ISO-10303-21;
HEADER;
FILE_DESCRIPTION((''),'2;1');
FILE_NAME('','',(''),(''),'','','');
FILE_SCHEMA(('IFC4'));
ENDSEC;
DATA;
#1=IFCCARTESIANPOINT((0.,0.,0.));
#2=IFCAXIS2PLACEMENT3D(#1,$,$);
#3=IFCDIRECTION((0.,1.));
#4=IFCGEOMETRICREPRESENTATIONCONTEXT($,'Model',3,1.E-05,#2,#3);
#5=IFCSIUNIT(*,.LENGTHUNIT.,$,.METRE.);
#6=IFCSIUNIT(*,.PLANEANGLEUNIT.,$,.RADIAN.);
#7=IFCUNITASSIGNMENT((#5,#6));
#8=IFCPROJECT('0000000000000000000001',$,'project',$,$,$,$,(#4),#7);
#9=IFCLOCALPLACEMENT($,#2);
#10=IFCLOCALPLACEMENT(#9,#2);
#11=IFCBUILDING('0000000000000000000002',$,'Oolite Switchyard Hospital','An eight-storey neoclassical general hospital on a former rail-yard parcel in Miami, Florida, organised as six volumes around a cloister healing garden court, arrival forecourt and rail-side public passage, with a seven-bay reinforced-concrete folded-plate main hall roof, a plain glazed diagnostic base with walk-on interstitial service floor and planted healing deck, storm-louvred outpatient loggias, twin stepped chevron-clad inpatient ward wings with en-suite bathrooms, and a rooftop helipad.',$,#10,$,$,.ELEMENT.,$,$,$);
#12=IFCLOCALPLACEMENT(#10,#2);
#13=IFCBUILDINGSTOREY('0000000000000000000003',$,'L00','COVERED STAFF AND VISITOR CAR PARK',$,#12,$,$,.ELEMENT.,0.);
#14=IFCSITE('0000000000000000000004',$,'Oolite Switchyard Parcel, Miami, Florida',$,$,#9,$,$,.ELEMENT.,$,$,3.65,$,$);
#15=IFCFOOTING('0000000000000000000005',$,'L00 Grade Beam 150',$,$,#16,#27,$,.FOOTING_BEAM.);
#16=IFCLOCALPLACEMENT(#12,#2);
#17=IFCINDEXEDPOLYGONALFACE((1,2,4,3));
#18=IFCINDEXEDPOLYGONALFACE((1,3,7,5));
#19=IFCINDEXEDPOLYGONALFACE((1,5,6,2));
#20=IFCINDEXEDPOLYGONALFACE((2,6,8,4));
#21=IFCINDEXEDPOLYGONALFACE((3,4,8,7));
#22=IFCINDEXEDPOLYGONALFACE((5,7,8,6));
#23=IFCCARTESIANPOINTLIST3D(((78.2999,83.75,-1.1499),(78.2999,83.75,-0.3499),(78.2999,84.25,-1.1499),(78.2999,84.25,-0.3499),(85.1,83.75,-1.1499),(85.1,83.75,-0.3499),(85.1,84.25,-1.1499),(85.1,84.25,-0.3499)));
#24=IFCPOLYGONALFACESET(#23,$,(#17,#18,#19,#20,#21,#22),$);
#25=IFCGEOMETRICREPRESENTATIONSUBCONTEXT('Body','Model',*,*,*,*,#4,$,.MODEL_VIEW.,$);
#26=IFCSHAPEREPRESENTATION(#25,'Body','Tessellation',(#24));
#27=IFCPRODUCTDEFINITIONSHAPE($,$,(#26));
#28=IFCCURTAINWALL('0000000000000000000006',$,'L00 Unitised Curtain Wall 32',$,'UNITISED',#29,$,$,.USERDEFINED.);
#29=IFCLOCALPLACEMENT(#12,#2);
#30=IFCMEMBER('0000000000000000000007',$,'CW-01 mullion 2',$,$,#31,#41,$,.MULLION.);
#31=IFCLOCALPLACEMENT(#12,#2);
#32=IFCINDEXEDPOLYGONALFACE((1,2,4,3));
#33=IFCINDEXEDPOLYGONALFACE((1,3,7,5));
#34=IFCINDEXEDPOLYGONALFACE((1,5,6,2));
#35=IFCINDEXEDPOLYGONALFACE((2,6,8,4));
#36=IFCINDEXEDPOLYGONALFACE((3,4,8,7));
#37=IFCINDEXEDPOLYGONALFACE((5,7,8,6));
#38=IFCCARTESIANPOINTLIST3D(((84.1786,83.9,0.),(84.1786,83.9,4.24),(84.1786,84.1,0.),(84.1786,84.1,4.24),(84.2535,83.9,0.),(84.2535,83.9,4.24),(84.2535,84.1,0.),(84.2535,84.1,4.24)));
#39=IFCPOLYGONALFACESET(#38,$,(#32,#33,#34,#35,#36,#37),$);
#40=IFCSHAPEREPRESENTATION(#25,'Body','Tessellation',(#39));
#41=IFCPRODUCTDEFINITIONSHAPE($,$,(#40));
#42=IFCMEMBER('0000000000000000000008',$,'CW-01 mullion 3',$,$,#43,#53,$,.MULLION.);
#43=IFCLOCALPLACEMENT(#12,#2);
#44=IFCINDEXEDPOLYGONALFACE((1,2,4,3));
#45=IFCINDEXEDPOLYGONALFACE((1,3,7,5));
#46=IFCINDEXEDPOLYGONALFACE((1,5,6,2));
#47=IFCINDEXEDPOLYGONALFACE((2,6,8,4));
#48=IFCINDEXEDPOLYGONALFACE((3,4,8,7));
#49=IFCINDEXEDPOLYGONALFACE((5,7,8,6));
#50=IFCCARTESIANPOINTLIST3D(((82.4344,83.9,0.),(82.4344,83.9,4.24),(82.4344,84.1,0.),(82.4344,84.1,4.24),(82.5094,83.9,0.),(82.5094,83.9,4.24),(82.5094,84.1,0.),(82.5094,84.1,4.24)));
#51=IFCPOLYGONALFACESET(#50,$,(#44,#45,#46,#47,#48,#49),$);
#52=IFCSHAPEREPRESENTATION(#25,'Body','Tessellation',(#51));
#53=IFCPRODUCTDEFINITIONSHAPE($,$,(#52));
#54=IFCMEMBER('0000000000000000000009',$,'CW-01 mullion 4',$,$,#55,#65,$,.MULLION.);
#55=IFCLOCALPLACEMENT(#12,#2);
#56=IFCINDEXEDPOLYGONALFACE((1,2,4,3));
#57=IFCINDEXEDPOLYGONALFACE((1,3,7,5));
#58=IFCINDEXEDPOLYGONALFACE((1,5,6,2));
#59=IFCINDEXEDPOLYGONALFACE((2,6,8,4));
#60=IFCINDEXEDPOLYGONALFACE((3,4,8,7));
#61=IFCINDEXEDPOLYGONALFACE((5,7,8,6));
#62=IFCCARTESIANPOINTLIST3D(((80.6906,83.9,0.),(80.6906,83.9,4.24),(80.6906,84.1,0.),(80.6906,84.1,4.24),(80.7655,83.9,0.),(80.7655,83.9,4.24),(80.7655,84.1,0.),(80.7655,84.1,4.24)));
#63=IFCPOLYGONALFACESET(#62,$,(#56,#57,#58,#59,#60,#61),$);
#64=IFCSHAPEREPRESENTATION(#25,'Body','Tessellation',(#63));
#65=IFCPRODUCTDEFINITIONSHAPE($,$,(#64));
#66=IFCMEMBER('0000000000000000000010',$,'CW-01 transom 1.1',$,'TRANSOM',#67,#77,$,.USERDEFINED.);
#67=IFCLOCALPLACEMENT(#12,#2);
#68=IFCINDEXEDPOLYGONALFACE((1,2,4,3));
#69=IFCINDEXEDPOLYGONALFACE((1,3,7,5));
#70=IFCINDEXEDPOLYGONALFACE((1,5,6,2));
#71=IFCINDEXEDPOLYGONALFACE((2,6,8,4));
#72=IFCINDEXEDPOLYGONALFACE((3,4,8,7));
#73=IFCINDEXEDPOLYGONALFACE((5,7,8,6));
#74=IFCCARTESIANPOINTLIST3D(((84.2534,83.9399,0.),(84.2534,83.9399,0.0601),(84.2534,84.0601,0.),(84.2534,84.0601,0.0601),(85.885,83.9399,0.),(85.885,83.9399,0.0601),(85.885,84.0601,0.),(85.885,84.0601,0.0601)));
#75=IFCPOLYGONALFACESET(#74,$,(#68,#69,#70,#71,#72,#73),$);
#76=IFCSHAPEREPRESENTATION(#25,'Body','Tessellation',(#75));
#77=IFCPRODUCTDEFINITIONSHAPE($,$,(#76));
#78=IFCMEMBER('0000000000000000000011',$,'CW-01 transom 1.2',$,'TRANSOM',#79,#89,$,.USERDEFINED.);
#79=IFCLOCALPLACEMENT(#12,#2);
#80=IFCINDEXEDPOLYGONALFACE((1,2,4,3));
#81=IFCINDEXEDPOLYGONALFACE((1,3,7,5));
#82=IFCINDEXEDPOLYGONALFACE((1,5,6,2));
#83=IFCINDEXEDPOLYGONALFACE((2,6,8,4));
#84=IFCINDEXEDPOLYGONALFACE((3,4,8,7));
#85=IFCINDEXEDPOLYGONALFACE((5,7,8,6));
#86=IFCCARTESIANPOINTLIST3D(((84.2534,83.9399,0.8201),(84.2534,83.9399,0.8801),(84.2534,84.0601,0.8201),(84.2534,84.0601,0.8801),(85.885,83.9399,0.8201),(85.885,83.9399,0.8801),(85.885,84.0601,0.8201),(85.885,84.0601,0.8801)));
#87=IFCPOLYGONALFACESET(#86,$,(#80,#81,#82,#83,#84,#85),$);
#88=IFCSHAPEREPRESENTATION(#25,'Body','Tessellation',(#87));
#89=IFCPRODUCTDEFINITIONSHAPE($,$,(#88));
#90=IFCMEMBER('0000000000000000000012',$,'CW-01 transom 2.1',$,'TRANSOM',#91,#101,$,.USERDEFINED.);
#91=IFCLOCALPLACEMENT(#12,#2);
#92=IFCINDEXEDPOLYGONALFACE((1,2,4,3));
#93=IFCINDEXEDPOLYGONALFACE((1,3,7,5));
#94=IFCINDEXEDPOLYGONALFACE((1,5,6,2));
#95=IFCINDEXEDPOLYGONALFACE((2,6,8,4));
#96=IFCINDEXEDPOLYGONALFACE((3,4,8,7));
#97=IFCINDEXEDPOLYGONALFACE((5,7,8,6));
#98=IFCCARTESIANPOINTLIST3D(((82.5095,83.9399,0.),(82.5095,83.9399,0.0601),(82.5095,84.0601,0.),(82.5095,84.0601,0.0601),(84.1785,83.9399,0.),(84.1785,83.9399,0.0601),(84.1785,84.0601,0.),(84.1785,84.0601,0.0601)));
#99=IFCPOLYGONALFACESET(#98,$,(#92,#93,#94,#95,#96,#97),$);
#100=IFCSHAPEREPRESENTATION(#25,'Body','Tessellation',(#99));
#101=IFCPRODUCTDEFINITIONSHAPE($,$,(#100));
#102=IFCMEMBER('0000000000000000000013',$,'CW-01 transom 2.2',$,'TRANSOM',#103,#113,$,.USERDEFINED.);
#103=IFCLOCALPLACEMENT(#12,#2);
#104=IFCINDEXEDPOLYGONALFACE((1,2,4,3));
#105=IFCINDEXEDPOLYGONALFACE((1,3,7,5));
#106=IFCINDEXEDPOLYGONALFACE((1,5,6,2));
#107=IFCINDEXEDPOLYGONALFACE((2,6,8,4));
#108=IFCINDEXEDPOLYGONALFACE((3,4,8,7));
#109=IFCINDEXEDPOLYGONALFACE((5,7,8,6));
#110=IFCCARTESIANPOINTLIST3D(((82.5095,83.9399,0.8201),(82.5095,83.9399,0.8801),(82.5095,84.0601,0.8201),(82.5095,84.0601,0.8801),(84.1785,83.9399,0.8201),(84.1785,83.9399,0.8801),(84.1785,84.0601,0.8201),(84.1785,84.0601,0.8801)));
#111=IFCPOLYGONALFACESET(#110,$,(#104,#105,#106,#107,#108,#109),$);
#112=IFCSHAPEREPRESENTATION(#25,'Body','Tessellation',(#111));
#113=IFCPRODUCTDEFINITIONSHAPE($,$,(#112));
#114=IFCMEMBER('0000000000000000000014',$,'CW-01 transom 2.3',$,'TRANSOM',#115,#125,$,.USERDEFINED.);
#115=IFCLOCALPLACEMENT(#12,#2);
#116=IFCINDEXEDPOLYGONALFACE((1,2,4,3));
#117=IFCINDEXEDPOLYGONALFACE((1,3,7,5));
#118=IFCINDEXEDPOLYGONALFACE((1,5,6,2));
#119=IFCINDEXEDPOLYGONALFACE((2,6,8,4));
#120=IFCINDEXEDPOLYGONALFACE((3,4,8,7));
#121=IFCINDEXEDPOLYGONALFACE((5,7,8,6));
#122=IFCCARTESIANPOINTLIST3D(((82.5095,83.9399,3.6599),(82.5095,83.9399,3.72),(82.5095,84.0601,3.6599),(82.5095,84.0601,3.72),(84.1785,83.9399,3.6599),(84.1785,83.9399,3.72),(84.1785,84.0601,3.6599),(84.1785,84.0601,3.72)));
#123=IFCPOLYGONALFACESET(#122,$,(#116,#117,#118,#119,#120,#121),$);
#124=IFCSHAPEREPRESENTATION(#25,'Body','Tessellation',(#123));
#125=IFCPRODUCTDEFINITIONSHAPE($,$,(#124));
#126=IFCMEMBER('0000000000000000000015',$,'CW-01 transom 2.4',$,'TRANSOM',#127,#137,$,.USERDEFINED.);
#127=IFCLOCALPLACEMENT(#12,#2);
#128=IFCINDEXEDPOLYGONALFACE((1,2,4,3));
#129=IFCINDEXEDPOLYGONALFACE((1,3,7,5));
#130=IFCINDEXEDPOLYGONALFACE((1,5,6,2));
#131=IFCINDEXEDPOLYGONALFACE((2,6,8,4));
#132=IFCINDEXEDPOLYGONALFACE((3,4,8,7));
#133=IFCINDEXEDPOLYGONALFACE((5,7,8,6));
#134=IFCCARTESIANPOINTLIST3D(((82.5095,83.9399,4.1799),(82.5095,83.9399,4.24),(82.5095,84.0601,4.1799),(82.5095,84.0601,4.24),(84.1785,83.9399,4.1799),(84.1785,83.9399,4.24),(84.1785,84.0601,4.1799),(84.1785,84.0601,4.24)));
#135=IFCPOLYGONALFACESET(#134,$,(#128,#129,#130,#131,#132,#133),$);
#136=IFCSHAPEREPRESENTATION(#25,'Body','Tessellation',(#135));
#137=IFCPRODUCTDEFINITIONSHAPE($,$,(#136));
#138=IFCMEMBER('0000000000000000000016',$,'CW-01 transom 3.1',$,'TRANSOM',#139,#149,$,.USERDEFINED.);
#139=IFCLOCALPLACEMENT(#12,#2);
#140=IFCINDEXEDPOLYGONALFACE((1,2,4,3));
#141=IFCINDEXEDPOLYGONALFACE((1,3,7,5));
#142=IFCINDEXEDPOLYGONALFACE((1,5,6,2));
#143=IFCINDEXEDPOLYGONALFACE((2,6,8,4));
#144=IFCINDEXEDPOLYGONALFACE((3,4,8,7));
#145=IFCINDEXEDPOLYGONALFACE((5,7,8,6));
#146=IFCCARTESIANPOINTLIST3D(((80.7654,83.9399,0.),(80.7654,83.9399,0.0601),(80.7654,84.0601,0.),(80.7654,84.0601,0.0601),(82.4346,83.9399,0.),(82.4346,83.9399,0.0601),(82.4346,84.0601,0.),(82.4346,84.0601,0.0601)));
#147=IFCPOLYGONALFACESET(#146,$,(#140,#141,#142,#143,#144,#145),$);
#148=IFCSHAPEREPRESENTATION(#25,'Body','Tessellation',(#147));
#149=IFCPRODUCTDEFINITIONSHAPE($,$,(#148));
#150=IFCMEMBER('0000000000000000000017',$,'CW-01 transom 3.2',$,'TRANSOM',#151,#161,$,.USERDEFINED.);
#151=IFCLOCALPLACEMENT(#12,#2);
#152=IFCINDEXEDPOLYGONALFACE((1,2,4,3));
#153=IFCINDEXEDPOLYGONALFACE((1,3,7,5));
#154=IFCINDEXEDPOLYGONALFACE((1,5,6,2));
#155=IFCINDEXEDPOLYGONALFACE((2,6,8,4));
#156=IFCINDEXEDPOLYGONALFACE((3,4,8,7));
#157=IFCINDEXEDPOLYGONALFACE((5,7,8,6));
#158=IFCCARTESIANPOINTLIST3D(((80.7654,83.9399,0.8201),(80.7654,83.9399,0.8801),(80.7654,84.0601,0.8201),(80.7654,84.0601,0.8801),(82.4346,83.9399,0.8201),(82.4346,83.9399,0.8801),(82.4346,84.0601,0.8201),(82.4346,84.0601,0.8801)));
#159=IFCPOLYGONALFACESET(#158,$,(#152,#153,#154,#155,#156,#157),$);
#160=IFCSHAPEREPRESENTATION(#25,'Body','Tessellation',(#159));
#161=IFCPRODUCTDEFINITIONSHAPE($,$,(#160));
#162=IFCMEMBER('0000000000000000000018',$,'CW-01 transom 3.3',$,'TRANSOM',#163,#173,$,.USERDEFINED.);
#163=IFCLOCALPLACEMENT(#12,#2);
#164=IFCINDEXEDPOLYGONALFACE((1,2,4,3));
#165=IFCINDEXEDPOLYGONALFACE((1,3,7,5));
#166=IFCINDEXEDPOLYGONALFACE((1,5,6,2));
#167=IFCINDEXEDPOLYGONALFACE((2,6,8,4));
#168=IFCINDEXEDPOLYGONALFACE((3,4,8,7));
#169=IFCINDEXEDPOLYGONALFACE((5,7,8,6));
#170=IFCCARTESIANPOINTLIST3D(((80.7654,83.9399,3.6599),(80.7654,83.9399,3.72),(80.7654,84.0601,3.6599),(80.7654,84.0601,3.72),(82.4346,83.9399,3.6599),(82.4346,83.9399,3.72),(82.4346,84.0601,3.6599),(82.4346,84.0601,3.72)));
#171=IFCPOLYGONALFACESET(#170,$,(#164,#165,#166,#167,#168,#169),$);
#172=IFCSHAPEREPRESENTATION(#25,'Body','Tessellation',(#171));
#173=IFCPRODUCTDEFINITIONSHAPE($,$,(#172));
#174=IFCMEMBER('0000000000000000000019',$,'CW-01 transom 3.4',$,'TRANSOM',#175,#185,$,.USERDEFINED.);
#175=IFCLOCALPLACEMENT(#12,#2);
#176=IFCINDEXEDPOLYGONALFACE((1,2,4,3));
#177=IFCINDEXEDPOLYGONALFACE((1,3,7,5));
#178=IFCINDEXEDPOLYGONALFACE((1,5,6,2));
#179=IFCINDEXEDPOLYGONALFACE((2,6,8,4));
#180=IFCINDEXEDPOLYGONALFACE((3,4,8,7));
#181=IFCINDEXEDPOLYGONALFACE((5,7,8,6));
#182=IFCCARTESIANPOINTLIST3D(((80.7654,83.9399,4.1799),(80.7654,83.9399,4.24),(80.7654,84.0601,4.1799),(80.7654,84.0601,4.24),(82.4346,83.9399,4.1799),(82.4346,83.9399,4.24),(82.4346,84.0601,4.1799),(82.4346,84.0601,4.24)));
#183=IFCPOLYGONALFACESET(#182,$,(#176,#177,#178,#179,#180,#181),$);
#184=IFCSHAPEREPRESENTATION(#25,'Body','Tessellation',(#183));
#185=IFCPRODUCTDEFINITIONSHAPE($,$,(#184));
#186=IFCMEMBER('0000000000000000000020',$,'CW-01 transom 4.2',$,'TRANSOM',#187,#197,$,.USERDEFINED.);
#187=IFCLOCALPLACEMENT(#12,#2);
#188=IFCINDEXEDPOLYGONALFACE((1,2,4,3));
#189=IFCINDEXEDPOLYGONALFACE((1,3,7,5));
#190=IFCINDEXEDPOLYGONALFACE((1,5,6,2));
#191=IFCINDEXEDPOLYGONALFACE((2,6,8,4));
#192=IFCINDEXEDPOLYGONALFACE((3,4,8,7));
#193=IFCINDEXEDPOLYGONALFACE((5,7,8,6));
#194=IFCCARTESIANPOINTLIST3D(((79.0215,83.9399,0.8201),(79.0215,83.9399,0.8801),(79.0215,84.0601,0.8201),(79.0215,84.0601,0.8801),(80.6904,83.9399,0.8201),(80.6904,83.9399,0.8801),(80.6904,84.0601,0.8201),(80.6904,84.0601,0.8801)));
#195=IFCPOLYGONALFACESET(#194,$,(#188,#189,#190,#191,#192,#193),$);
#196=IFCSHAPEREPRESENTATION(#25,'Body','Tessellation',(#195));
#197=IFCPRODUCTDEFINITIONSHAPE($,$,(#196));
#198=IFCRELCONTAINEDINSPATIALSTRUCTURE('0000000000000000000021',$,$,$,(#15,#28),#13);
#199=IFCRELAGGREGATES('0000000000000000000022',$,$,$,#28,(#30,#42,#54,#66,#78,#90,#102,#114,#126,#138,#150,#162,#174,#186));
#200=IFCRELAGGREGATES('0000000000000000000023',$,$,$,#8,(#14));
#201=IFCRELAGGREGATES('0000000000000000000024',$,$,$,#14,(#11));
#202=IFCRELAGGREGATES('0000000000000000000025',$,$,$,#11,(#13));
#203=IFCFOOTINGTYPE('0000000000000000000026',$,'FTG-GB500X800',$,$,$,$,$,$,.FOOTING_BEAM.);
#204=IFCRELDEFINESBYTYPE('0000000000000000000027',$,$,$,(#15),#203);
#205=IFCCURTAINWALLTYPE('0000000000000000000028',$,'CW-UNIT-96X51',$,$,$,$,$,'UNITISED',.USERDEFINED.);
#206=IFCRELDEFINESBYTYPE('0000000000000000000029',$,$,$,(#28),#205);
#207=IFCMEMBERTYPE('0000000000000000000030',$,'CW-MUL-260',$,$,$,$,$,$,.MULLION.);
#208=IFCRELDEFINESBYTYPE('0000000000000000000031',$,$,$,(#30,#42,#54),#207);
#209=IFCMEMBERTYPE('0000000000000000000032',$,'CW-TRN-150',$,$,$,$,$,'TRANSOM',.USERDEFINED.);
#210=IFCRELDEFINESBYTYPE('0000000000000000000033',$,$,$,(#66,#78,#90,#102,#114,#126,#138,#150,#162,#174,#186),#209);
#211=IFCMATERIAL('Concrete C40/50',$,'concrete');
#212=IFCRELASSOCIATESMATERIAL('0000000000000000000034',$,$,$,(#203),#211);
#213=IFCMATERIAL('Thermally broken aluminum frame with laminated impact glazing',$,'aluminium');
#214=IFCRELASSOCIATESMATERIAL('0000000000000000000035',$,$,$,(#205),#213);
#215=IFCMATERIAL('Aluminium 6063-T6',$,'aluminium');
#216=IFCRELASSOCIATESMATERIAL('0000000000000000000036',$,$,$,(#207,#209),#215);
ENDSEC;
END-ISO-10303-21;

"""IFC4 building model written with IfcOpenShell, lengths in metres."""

from ifc_helpers import new_model, si_unit, direction, frame, origin, origin_2d, place, context, subcontext, project, spatial, rectangle, extrude, material, material_profile, profile_set, type_object, element, aggregate, save


model = new_model("IFC4")

# Units and contexts
model_context = context("Model", 3, precision=1e-05, world=origin(), true_north=direction((0.0, 1.0)))
body_context = subcontext(model_context, "Body", "Model", "MODEL_VIEW")
ifc_project = project(units=[si_unit("LENGTHUNIT", "METRE"), si_unit("PLANEANGLEUNIT", "RADIAN")], contexts=[model_context])

# Site, building, storey
site_placement = place(None, origin())
site = spatial("IfcSite", under=ifc_project, at=site_placement, Name="Oolite Switchyard Parcel, Miami, Florida", CompositionType="ELEMENT", RefElevation=3.65)
building_placement = place(site_placement, origin())
building = spatial("IfcBuilding", under=site, at=building_placement, Name="Oolite Switchyard Hospital", Description="An eight-storey neoclassical general hospital on a former rail-yard parcel in Miami, Florida, organised as six volumes around a cloister healing garden court, arrival forecourt and rail-side public passage, with a seven-bay reinforced-concrete folded-plate main hall roof, a plain glazed diagnostic base with walk-on interstitial service floor and planted healing deck, storm-louvred outpatient loggias, twin stepped chevron-clad inpatient ward wings with en-suite bathrooms, and a rooftop helipad.", CompositionType="ELEMENT")
storey_placement = place(building_placement, origin())
storey = spatial("IfcBuildingStorey", under=building, at=storey_placement, Name="L00", Description="COVERED STAFF AND VISITOR CAR PARK", CompositionType="ELEMENT", Elevation=0.0)

# Footing
ifc_material_1 = material(Name="Concrete C40/50", Category="concrete")
footing_type = type_object("IfcFootingType", Name="FTG-GB500X800", PredefinedType="FOOTING_BEAM", material=ifc_material_1)
footing_placement = place(storey_placement, frame((81.7, 84.0, -1.1499), z_axis=(0.0, 0.0, 1.0), x_axis=(1.0, 0.0, 0.0)))
element("IfcFooting", 1, at=footing_placement, inside=storey, type_object=footing_type, Name="L00 Grade Beam 150", PredefinedType="FOOTING_BEAM", context=body_context, shape_type="SweptSolid", body=[
    extrude(rectangle(XDim=6.8, YDim=0.5, at=origin_2d()), origin(), (0.0, 0.0, 1.0), 0.8),
])

# Curtain wall, members
ifc_material_2 = material(Name="Thermally broken aluminum frame with laminated impact glazing", Category="aluminium")
curtain_wall_type = type_object("IfcCurtainWallType", Name="CW-UNIT-96X51", ElementType="UNITISED", PredefinedType="USERDEFINED", material=ifc_material_2)
curtain_wall_placement = place(storey_placement, origin())
curtain_wall = element("IfcCurtainWall", 2, at=curtain_wall_placement, inside=storey, type_object=curtain_wall_type, Name="L00 Unitised Curtain Wall 32", ObjectType="UNITISED", PredefinedType="USERDEFINED")
ifc_material_3 = material(Name="Aluminium 6063-T6", Category="aluminium")
ifc_material_profile_1 = material_profile(ifc_material_3, rectangle(XDim=0.2, YDim=0.075, at=origin_2d()), Name="CWM75X200")
ifc_profile_set_1 = profile_set([ifc_material_profile_1], Name="Aluminium 6063-T6")
member_type_1 = type_object("IfcMemberType", Name="CW-MUL-260", PredefinedType="MULLION", material=ifc_profile_set_1)
member_1_placement = place(storey_placement, frame((84.2161, 84.0, 0.0), z_axis=(0.0, 0.0, 1.0), x_axis=(0.0, -1.0, 0.0)))
member_1 = element("IfcMember", 3, at=member_1_placement, type_object=member_type_1, Name="CW-01 mullion 2", PredefinedType="MULLION", context=body_context, shape_type="SweptSolid", body=[
    extrude(rectangle(XDim=0.2, YDim=0.075, at=origin_2d()), origin(), (0.0, 0.0, 1.0), 4.24),
])
member_2_placement = place(storey_placement, frame((82.4719, 84.0, 0.0), z_axis=(0.0, 0.0, 1.0), x_axis=(0.0, -1.0, 0.0)))
member_2 = element("IfcMember", 4, at=member_2_placement, type_object=member_type_1, Name="CW-01 mullion 3", PredefinedType="MULLION", context=body_context, shape_type="SweptSolid", body=[
    extrude(rectangle(XDim=0.2, YDim=0.075, at=origin_2d()), origin(), (0.0, 0.0, 1.0), 4.24),
])
member_3_placement = place(storey_placement, frame((80.728, 84.0, 0.0), z_axis=(0.0, 0.0, 1.0), x_axis=(0.0, -1.0, 0.0)))
member_3 = element("IfcMember", 5, at=member_3_placement, type_object=member_type_1, Name="CW-01 mullion 4", PredefinedType="MULLION", context=body_context, shape_type="SweptSolid", body=[
    extrude(rectangle(XDim=0.2, YDim=0.075, at=origin_2d()), origin(), (0.0, 0.0, 1.0), 4.24),
])
ifc_material_profile_2 = material_profile(ifc_material_3, rectangle(XDim=0.1201, YDim=0.0601, at=origin_2d()), Name="CWT60X120")
ifc_profile_set_2 = profile_set([ifc_material_profile_2], Name="Aluminium 6063-T6")
member_type_2 = type_object("IfcMemberType", Name="CW-TRN-150", ElementType="TRANSOM", PredefinedType="USERDEFINED", material=ifc_profile_set_2)
member_4_placement = place(storey_placement, frame((85.885, 84.0, 0.03), z_axis=(-1.0, 0.0, 0.0), x_axis=(0.0, -1.0, 0.0)))
member_4 = element("IfcMember", 6, at=member_4_placement, type_object=member_type_2, Name="CW-01 transom 1.1", ObjectType="TRANSOM", PredefinedType="USERDEFINED", context=body_context, shape_type="SweptSolid", body=[
    extrude(rectangle(XDim=0.1201, YDim=0.0601, at=origin_2d()), origin(), (0.0, 0.0, 1.0), 1.6316),
])
member_5_placement = place(storey_placement, frame((85.885, 84.0, 0.8501), z_axis=(-1.0, 0.0, 0.0), x_axis=(0.0, -1.0, 0.0)))
member_5 = element("IfcMember", 7, at=member_5_placement, type_object=member_type_2, Name="CW-01 transom 1.2", ObjectType="TRANSOM", PredefinedType="USERDEFINED", context=body_context, shape_type="SweptSolid", body=[
    extrude(rectangle(XDim=0.1201, YDim=0.0601, at=origin_2d()), origin(), (0.0, 0.0, 1.0), 1.6316),
])
member_6_placement = place(storey_placement, frame((84.1785, 84.0, 0.03), z_axis=(-1.0, 0.0, 0.0), x_axis=(0.0, -1.0, 0.0)))
member_6 = element("IfcMember", 8, at=member_6_placement, type_object=member_type_2, Name="CW-01 transom 2.1", ObjectType="TRANSOM", PredefinedType="USERDEFINED", context=body_context, shape_type="SweptSolid", body=[
    extrude(rectangle(XDim=0.1201, YDim=0.0601, at=origin_2d()), origin(), (0.0, 0.0, 1.0), 1.6689),
])
member_7_placement = place(storey_placement, frame((84.1785, 84.0, 0.8501), z_axis=(-1.0, 0.0, 0.0), x_axis=(0.0, -1.0, 0.0)))
member_7 = element("IfcMember", 9, at=member_7_placement, type_object=member_type_2, Name="CW-01 transom 2.2", ObjectType="TRANSOM", PredefinedType="USERDEFINED", context=body_context, shape_type="SweptSolid", body=[
    extrude(rectangle(XDim=0.1201, YDim=0.0601, at=origin_2d()), origin(), (0.0, 0.0, 1.0), 1.6689),
])
member_8_placement = place(storey_placement, frame((84.1785, 84.0, 3.6899), z_axis=(-1.0, 0.0, 0.0), x_axis=(0.0, -1.0, 0.0)))
member_8 = element("IfcMember", 10, at=member_8_placement, type_object=member_type_2, Name="CW-01 transom 2.3", ObjectType="TRANSOM", PredefinedType="USERDEFINED", context=body_context, shape_type="SweptSolid", body=[
    extrude(rectangle(XDim=0.1201, YDim=0.0601, at=origin_2d()), origin(), (0.0, 0.0, 1.0), 1.6689),
])
member_9_placement = place(storey_placement, frame((84.1785, 84.0, 4.21), z_axis=(-1.0, 0.0, 0.0), x_axis=(0.0, -1.0, 0.0)))
member_9 = element("IfcMember", 11, at=member_9_placement, type_object=member_type_2, Name="CW-01 transom 2.4", ObjectType="TRANSOM", PredefinedType="USERDEFINED", context=body_context, shape_type="SweptSolid", body=[
    extrude(rectangle(XDim=0.1201, YDim=0.0601, at=origin_2d()), origin(), (0.0, 0.0, 1.0), 1.6689),
])
member_10_placement = place(storey_placement, frame((82.4346, 84.0, 0.03), z_axis=(-1.0, 0.0, 0.0), x_axis=(0.0, -1.0, 0.0)))
member_10 = element("IfcMember", 12, at=member_10_placement, type_object=member_type_2, Name="CW-01 transom 3.1", ObjectType="TRANSOM", PredefinedType="USERDEFINED", context=body_context, shape_type="SweptSolid", body=[
    extrude(rectangle(XDim=0.1201, YDim=0.0601, at=origin_2d()), origin(), (0.0, 0.0, 1.0), 1.6692),
])
member_11_placement = place(storey_placement, frame((82.4346, 84.0, 0.8501), z_axis=(-1.0, 0.0, 0.0), x_axis=(0.0, -1.0, 0.0)))
member_11 = element("IfcMember", 13, at=member_11_placement, type_object=member_type_2, Name="CW-01 transom 3.2", ObjectType="TRANSOM", PredefinedType="USERDEFINED", context=body_context, shape_type="SweptSolid", body=[
    extrude(rectangle(XDim=0.1201, YDim=0.0601, at=origin_2d()), origin(), (0.0, 0.0, 1.0), 1.6692),
])
member_12_placement = place(storey_placement, frame((82.4346, 84.0, 3.6899), z_axis=(-1.0, 0.0, 0.0), x_axis=(0.0, -1.0, 0.0)))
member_12 = element("IfcMember", 14, at=member_12_placement, type_object=member_type_2, Name="CW-01 transom 3.3", ObjectType="TRANSOM", PredefinedType="USERDEFINED", context=body_context, shape_type="SweptSolid", body=[
    extrude(rectangle(XDim=0.1201, YDim=0.0601, at=origin_2d()), origin(), (0.0, 0.0, 1.0), 1.6692),
])
member_13_placement = place(storey_placement, frame((82.4346, 84.0, 4.21), z_axis=(-1.0, 0.0, 0.0), x_axis=(0.0, -1.0, 0.0)))
member_13 = element("IfcMember", 15, at=member_13_placement, type_object=member_type_2, Name="CW-01 transom 3.4", ObjectType="TRANSOM", PredefinedType="USERDEFINED", context=body_context, shape_type="SweptSolid", body=[
    extrude(rectangle(XDim=0.1201, YDim=0.0601, at=origin_2d()), origin(), (0.0, 0.0, 1.0), 1.6692),
])
member_14_placement = place(storey_placement, frame((80.6904, 84.0, 0.8501), z_axis=(-1.0, 0.0, 0.0), x_axis=(0.0, -1.0, 0.0)))
member_14 = element("IfcMember", 16, at=member_14_placement, type_object=member_type_2, Name="CW-01 transom 4.2", ObjectType="TRANSOM", PredefinedType="USERDEFINED", context=body_context, shape_type="SweptSolid", body=[
    extrude(rectangle(XDim=0.1201, YDim=0.0601, at=origin_2d()), origin(), (0.0, 0.0, 1.0), 1.6689),
])
aggregate(curtain_wall, [member_1, member_2, member_3, member_4, member_5, member_6, member_7, member_8, member_9, member_10, member_11, member_12, member_13, member_14])

save(model, "model.ifc")
